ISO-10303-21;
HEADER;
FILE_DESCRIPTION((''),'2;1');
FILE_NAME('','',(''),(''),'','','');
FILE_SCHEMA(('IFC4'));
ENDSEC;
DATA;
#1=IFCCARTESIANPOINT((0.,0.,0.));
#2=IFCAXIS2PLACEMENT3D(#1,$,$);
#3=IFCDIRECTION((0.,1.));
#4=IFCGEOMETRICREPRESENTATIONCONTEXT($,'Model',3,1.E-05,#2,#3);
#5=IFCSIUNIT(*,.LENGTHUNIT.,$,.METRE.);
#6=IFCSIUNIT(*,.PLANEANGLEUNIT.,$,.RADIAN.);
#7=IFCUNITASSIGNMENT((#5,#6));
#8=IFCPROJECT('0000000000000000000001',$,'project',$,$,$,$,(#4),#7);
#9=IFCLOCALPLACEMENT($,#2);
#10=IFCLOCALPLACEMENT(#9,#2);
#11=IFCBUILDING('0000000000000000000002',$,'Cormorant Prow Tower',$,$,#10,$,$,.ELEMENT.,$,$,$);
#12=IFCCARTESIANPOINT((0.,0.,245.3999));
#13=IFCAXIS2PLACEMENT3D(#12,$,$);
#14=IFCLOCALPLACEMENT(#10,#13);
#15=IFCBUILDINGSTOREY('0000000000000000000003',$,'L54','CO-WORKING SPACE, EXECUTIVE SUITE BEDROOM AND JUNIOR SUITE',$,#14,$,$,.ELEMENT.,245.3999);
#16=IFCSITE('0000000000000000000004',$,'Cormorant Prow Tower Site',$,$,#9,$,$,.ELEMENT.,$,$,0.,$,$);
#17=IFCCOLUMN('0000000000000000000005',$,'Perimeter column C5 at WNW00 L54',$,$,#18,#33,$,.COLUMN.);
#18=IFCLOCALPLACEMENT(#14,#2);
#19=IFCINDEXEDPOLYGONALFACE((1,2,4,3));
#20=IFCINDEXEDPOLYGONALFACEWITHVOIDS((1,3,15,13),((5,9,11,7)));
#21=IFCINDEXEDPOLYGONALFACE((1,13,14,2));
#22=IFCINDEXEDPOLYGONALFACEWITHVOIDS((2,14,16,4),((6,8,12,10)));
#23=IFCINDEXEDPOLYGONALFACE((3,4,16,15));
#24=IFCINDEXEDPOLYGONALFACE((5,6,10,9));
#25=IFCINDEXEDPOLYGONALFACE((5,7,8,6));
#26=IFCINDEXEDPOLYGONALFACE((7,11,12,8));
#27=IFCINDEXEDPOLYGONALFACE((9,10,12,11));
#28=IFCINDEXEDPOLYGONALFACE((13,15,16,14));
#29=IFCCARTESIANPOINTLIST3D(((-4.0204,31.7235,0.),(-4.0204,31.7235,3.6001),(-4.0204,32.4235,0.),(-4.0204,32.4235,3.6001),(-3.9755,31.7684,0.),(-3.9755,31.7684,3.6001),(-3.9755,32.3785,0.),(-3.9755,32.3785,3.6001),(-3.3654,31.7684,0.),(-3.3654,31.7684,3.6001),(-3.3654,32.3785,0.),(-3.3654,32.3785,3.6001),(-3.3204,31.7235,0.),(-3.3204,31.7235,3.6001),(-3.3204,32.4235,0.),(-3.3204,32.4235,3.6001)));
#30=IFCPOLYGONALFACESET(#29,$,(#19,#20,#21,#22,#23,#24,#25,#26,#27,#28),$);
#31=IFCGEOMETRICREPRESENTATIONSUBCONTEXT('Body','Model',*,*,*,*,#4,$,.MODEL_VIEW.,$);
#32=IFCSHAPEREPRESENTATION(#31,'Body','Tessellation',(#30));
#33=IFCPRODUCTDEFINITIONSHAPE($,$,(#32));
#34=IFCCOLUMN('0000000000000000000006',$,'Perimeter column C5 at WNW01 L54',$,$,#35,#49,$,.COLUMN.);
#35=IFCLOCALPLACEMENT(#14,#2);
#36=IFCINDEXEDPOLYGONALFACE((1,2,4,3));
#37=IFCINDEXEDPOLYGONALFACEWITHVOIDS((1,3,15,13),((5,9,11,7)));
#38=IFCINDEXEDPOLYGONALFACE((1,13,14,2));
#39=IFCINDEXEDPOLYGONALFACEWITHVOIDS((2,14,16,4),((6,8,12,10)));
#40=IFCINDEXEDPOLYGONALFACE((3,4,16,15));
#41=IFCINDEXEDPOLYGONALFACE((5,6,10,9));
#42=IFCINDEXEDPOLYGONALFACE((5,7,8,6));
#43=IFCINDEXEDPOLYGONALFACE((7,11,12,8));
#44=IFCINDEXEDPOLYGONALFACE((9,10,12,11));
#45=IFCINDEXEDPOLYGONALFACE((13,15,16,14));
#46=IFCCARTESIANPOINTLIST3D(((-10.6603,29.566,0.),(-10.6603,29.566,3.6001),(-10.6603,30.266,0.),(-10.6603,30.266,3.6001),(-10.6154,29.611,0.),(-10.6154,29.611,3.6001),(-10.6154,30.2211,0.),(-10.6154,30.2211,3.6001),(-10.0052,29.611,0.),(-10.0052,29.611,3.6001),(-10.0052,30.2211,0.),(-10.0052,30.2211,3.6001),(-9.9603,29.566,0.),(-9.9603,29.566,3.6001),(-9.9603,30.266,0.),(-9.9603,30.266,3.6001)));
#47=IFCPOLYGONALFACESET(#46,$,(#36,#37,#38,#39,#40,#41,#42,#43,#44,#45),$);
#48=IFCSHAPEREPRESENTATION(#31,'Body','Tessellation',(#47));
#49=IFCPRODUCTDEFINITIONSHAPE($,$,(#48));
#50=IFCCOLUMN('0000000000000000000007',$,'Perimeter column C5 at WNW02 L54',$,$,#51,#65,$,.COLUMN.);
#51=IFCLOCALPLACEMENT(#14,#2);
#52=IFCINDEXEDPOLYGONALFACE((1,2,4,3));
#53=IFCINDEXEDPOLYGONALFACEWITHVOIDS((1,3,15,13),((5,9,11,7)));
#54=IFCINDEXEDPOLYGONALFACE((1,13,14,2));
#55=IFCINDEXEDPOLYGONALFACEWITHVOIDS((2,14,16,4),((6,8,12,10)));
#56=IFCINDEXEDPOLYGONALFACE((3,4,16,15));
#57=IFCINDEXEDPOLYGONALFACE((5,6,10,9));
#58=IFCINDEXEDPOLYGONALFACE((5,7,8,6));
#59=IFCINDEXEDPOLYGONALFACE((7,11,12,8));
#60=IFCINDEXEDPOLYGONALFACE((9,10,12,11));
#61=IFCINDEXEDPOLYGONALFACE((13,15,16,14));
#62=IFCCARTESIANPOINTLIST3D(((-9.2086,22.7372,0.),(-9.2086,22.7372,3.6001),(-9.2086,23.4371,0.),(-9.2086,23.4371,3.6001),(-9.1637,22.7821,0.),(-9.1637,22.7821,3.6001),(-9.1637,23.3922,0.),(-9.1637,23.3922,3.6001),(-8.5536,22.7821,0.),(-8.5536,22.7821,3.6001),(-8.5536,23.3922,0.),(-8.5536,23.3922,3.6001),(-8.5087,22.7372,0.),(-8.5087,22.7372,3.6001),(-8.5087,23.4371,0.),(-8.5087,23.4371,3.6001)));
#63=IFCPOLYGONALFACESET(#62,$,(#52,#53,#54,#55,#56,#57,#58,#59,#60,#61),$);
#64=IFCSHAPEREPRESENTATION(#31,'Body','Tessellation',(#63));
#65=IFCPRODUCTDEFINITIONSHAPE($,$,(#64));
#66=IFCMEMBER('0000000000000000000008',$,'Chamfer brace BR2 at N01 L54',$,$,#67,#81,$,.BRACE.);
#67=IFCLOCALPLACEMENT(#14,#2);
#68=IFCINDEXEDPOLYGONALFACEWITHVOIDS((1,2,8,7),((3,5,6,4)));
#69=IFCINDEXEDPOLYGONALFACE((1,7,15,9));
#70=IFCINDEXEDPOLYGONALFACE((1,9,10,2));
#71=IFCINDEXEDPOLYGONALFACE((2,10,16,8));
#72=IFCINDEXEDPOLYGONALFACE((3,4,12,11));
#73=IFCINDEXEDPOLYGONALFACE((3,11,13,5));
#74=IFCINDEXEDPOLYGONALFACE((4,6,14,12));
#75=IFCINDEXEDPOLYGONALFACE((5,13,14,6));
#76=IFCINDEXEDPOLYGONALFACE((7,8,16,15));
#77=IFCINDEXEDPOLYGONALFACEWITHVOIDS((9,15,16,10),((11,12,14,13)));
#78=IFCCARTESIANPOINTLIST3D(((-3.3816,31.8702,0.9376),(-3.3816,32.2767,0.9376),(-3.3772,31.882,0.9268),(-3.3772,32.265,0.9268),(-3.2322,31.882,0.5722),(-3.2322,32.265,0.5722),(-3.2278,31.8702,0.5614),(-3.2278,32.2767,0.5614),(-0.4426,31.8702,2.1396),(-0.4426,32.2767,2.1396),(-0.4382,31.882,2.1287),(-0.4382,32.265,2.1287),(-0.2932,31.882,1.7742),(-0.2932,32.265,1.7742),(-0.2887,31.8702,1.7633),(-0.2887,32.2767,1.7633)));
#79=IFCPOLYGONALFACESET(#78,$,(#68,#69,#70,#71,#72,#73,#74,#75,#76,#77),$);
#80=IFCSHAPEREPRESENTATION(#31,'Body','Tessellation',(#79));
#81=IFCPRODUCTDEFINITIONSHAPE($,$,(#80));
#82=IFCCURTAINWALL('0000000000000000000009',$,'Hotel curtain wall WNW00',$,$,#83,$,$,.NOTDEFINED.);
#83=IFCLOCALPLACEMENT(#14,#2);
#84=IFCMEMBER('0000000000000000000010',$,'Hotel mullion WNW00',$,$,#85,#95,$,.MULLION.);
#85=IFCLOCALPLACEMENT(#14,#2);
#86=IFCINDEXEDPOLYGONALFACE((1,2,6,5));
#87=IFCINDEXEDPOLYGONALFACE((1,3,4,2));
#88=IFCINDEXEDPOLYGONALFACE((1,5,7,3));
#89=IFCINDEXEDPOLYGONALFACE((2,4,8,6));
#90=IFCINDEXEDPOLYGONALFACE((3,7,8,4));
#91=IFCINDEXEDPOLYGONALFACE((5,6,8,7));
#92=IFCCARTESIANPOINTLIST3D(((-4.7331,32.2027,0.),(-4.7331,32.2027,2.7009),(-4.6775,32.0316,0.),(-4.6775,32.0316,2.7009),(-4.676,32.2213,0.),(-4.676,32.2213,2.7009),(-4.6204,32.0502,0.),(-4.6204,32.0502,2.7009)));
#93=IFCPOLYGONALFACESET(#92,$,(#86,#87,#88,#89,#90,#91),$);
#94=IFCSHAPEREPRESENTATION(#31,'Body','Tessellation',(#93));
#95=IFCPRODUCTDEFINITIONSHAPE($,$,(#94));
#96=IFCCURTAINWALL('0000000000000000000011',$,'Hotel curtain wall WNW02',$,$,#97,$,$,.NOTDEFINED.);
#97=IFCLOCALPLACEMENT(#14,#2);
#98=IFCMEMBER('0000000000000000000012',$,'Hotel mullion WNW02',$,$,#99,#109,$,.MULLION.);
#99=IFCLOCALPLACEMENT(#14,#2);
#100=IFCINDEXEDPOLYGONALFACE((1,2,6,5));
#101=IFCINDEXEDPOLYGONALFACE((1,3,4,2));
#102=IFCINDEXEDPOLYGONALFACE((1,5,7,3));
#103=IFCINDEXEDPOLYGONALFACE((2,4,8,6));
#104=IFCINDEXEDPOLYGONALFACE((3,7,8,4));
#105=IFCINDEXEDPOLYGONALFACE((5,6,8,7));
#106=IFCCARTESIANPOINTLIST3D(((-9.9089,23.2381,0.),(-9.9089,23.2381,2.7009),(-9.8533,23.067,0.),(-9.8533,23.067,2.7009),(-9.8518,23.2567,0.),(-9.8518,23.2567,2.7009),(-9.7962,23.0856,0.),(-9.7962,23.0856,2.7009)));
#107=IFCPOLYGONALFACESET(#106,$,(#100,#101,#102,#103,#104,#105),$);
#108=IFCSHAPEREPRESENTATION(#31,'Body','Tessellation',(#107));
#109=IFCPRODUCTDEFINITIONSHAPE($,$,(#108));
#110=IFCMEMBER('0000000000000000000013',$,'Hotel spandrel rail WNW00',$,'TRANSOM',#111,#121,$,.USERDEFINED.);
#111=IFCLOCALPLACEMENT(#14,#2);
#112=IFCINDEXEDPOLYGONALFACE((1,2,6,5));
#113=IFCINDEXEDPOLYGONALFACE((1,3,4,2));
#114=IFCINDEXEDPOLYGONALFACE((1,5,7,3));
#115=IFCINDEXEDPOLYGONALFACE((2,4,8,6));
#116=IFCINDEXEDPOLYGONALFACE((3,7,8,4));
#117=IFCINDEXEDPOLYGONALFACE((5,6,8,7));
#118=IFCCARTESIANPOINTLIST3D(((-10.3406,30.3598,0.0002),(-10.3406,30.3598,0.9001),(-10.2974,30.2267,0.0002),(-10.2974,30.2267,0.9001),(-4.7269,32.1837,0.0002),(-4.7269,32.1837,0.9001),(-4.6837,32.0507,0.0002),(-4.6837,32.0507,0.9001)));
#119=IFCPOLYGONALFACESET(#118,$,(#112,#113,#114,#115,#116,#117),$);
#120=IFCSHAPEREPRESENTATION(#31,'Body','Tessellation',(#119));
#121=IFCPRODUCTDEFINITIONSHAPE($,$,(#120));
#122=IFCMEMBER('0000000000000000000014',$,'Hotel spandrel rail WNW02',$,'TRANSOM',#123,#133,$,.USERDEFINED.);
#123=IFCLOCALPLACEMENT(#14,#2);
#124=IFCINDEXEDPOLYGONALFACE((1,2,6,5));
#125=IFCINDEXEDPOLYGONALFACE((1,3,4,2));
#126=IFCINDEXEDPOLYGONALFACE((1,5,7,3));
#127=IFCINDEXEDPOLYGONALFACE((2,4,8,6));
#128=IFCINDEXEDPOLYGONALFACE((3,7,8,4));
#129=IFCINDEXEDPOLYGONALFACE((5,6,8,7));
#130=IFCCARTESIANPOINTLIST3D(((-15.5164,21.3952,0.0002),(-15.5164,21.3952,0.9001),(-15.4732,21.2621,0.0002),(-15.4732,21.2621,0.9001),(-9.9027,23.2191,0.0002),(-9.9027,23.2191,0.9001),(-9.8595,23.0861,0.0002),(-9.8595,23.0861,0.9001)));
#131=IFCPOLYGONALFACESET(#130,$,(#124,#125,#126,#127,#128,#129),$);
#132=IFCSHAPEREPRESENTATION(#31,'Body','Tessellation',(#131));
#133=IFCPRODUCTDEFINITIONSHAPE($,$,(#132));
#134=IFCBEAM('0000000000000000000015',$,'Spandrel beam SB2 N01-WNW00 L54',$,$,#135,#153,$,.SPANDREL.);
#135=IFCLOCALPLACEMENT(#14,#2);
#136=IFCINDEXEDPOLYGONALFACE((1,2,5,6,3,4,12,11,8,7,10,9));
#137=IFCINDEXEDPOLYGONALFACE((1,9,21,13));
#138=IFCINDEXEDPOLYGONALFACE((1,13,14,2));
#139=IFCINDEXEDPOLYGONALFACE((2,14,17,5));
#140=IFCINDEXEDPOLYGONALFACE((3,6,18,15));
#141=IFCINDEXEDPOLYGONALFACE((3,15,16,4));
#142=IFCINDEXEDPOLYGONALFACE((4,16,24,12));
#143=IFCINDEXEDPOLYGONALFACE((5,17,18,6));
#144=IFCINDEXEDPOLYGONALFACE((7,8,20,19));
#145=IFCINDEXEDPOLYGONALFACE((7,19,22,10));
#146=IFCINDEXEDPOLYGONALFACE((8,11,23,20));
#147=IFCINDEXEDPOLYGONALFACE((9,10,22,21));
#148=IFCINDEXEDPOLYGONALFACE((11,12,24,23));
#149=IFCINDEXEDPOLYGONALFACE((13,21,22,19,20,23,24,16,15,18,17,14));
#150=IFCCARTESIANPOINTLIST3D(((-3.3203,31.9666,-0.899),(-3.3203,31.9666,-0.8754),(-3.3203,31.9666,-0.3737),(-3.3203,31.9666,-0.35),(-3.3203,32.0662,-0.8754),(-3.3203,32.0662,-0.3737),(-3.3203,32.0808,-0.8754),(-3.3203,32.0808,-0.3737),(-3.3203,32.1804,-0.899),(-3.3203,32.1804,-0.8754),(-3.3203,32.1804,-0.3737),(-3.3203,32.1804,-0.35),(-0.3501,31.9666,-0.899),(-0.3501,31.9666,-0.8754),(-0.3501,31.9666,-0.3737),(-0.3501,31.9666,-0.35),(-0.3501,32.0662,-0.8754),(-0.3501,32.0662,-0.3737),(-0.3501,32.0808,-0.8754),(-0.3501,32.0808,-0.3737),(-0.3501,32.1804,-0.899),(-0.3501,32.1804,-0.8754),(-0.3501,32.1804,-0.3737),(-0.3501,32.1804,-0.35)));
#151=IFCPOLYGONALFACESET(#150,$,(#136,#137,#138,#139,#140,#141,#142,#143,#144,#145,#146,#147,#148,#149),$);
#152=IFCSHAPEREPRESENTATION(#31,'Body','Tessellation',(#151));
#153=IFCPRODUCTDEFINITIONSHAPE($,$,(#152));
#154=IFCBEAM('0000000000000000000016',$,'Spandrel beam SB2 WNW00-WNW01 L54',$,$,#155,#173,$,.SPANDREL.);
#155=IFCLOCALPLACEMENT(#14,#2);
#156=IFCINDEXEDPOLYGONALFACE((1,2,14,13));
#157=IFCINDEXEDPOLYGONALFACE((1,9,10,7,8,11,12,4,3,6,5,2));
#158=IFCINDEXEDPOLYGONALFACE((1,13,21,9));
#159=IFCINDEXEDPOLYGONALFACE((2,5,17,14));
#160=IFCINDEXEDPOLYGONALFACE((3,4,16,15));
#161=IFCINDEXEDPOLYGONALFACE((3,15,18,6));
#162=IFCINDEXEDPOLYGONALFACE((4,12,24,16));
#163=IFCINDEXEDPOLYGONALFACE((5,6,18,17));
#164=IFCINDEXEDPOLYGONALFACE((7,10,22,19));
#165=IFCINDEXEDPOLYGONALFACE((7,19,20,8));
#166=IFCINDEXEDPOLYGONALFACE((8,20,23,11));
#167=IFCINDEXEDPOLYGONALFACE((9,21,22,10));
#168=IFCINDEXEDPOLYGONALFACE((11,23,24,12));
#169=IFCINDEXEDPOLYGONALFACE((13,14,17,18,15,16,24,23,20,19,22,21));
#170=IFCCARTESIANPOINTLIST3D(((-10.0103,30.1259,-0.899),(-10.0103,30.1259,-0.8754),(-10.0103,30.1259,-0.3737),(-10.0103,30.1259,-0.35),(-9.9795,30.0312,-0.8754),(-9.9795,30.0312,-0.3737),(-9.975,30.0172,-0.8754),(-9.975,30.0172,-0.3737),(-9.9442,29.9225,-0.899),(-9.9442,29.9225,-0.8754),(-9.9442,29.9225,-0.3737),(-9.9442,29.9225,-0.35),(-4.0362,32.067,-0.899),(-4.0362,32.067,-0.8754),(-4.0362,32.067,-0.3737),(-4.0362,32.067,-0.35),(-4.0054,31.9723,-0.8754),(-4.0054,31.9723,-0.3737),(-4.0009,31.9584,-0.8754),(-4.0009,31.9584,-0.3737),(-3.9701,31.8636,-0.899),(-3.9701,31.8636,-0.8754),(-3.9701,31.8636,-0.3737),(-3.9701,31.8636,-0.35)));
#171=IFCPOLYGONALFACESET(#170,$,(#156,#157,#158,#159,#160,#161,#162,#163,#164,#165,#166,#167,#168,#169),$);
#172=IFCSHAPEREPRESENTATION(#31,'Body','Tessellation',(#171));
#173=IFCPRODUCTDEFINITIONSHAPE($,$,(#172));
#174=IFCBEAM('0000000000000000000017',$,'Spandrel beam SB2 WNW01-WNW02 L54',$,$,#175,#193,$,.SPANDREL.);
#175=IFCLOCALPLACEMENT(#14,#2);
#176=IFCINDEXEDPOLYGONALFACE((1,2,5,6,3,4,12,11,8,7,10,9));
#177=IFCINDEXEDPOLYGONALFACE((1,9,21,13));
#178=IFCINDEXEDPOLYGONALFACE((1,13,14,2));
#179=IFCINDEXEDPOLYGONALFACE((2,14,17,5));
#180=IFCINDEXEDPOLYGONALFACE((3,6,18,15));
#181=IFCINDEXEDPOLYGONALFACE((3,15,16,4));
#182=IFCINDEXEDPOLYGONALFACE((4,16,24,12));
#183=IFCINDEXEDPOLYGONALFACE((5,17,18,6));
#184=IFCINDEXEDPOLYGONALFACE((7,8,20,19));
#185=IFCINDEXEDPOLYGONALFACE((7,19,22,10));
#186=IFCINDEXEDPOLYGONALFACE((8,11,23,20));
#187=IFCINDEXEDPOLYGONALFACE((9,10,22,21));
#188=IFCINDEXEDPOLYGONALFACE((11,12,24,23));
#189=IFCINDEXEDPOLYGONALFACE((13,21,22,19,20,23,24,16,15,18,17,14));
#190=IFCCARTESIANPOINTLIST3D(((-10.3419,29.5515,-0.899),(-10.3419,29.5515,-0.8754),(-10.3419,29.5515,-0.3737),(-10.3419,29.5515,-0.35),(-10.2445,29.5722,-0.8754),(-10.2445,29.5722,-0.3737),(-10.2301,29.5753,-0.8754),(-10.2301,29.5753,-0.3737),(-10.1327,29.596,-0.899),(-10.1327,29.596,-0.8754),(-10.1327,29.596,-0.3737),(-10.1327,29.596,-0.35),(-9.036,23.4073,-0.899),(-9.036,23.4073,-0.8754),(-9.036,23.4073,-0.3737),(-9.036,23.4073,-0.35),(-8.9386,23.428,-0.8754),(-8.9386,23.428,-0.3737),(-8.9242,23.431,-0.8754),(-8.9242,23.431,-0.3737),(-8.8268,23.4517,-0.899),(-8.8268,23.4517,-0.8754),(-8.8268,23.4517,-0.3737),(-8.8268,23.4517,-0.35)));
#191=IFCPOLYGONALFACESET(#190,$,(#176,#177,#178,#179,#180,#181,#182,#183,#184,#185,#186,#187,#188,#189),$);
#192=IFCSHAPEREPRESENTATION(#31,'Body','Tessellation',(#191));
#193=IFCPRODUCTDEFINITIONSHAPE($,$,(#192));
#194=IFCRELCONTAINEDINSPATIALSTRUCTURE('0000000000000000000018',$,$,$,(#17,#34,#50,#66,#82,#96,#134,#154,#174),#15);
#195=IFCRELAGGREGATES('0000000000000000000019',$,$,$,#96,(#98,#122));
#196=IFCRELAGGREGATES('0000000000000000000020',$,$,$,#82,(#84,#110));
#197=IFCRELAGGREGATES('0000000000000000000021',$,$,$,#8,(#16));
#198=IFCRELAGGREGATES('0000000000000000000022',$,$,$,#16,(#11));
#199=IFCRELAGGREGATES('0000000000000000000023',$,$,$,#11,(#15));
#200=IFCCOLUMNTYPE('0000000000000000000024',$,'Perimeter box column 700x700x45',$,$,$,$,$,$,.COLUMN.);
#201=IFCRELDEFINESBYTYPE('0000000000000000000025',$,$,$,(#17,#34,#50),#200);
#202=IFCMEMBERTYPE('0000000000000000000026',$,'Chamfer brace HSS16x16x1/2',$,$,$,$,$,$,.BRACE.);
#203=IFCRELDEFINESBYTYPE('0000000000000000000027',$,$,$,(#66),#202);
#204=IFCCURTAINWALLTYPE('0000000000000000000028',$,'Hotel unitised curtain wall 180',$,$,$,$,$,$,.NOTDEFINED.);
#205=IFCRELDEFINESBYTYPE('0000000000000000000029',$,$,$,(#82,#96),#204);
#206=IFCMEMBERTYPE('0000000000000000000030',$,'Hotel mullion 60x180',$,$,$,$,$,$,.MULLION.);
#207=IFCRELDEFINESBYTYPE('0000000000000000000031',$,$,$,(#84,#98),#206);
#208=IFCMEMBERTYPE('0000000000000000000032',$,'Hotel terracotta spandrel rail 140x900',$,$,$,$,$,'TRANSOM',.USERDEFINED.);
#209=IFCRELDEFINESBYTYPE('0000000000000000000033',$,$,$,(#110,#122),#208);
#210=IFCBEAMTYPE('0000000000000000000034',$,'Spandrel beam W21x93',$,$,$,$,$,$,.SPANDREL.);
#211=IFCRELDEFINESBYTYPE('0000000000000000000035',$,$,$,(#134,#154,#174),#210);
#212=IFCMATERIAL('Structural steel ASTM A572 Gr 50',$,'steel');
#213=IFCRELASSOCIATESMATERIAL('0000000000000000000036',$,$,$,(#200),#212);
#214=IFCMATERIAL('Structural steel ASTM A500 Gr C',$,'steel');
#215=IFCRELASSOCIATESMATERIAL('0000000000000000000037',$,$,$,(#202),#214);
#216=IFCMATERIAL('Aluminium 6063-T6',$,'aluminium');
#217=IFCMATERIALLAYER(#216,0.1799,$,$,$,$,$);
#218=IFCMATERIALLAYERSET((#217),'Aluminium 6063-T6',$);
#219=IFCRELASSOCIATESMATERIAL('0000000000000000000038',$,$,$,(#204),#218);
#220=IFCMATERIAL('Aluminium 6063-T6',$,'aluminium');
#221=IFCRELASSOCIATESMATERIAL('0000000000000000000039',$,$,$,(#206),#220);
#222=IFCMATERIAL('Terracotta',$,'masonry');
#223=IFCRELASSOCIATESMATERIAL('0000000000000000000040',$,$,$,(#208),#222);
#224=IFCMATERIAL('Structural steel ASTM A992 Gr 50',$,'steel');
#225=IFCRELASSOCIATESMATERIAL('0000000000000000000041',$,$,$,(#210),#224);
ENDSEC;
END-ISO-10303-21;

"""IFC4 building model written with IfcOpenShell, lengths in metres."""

from ifc_helpers import new_model, si_unit, direction, frame, origin, origin_2d, place, context, subcontext, project, spatial, rectangle, hollow_rectangle, i_section, extrude, material, layer, layer_set, material_profile, profile_set, type_object, element, aggregate, save


model = new_model("IFC4")

# Units and contexts
model_context = context("Model", 3, precision=1e-05, world=origin(), true_north=direction((0.0, 1.0)))
body_context = subcontext(model_context, "Body", "Model", "MODEL_VIEW")
ifc_project = project(units=[si_unit("LENGTHUNIT", "METRE"), si_unit("PLANEANGLEUNIT", "RADIAN")], contexts=[model_context])

# Site, building, storey
site_placement = place(None, origin())
site = spatial("IfcSite", under=ifc_project, at=site_placement, Name="Cormorant Prow Tower Site", CompositionType="ELEMENT", RefElevation=0.0)
building_placement = place(site_placement, origin())
building = spatial("IfcBuilding", under=site, at=building_placement, Name="Cormorant Prow Tower", CompositionType="ELEMENT")
storey_placement = place(building_placement, frame((0.0, 0.0, 245.3999)))
storey = spatial("IfcBuildingStorey", under=building, at=storey_placement, Name="L54", Description="CO-WORKING SPACE, EXECUTIVE SUITE BEDROOM AND JUNIOR SUITE", CompositionType="ELEMENT", Elevation=245.3999)

# Columns
ifc_material_1 = material(Name="Structural steel ASTM A572 Gr 50", Category="steel")
ifc_material_profile_1 = material_profile(ifc_material_1, hollow_rectangle(XDim=0.7, YDim=0.7, WallThickness=0.0449, at=origin_2d()), Name="Box 700x700x45")
ifc_profile_set_1 = profile_set([ifc_material_profile_1], Name="Structural steel ASTM A572 Gr 50")
column_type = type_object("IfcColumnType", Name="Perimeter box column 700x700x45", PredefinedType="COLUMN", material=ifc_profile_set_1)
for number, where, z_axis, x_axis, name in (
    (1, (-3.6704, 32.0735, 0.0), (0.0, 0.0, 1.0), (1.0, 0.0, 0.0), "Perimeter column C5 at WNW00 L54"),
    (2, (-10.3103, 29.916, 0.0), (0.0, 0.0, 1.0), (1.0, 0.0, 0.0), "Perimeter column C5 at WNW01 L54"),
    (3, (-8.8586, 23.0872, 0.0), (0.0, 0.0, 1.0), (1.0, 0.0, 0.0), "Perimeter column C5 at WNW02 L54"),
):
    element("IfcColumn", number, at=place(storey_placement, frame(where, z_axis=z_axis, x_axis=x_axis)), inside=storey, type_object=column_type, Name=name, PredefinedType="COLUMN", context=body_context, shape_type="SweptSolid", body=[
        extrude(hollow_rectangle(XDim=0.7, YDim=0.7, WallThickness=0.0449, at=origin_2d()), origin(), (0.0, 0.0, 1.0), 3.6001),
    ])

# Member
ifc_material_2 = material(Name="Structural steel ASTM A500 Gr C", Category="steel")
ifc_material_profile_2 = material_profile(ifc_material_2, hollow_rectangle(XDim=0.4065, YDim=0.4065, WallThickness=0.0117, at=origin_2d()), Name="HSS16x16x1/2")
ifc_profile_set_2 = profile_set([ifc_material_profile_2], Name="Structural steel ASTM A500 Gr C")
member_type_1 = type_object("IfcMemberType", Name="Chamfer brace HSS16x16x1/2", PredefinedType="BRACE", material=ifc_profile_set_2)
member_1_placement = place(storey_placement, frame((-3.3047, 32.0735, 0.7495), z_axis=(0.925591, 0.0, 0.378525), x_axis=(0.0, 1.0, 0.0)))
element("IfcMember", 4, at=member_1_placement, inside=storey, type_object=member_type_1, Name="Chamfer brace BR2 at N01 L54", PredefinedType="BRACE", context=body_context, shape_type="SweptSolid", body=[
    extrude(hollow_rectangle(XDim=0.4065, YDim=0.4065, WallThickness=0.0117, at=origin_2d()), origin(), (0.0, 0.0, 1.0), 3.1753),
])

# Curtain walls, members
ifc_material_3 = material(Name="Aluminium 6063-T6", Category="aluminium")
ifc_layer_1 = layer(ifc_material_3, 0.1799)
ifc_layer_set_1 = layer_set([ifc_layer_1], Name="Aluminium 6063-T6")
curtain_wall_type = type_object("IfcCurtainWallType", Name="Hotel unitised curtain wall 180", PredefinedType="NOTDEFINED", material=ifc_layer_set_1)
curtain_wall_1_placement = place(storey_placement, origin())
curtain_wall_1 = element("IfcCurtainWall", 5, at=curtain_wall_1_placement, inside=storey, type_object=curtain_wall_type, Name="Hotel curtain wall WNW00", PredefinedType="NOTDEFINED")
ifc_material_4 = material(Name="Aluminium 6063-T6", Category="aluminium")
ifc_material_profile_3 = material_profile(ifc_material_4, rectangle(XDim=0.1799, YDim=0.0601, at=origin_2d()), Name="Hotel mullion 60x180")
ifc_profile_set_3 = profile_set([ifc_material_profile_3], Name="Aluminium 6063-T6")
member_type_2 = type_object("IfcMemberType", Name="Hotel mullion 60x180", PredefinedType="MULLION", material=ifc_profile_set_3)
member_2_placement = place(storey_placement, frame((-4.6768, 32.1265, 0.0), z_axis=(0.0, 0.0, 1.0), x_axis=(0.309017, -0.951057, 0.0)))
member_2 = element("IfcMember", 6, at=member_2_placement, type_object=member_type_2, Name="Hotel mullion WNW00", PredefinedType="MULLION", context=body_context, shape_type="SweptSolid", body=[
    extrude(rectangle(XDim=0.1799, YDim=0.0601, at=origin_2d()), origin(), (0.0, 0.0, 1.0), 2.7009),
])
curtain_wall_2_placement = place(storey_placement, origin())
curtain_wall_2 = element("IfcCurtainWall", 7, at=curtain_wall_2_placement, inside=storey, type_object=curtain_wall_type, Name="Hotel curtain wall WNW02", PredefinedType="NOTDEFINED")
member_3_placement = place(storey_placement, frame((-9.8525, 23.1619, 0.0), z_axis=(0.0, 0.0, 1.0), x_axis=(0.309017, -0.951057, 0.0)))
member_3 = element("IfcMember", 8, at=member_3_placement, type_object=member_type_2, Name="Hotel mullion WNW02", PredefinedType="MULLION", context=body_context, shape_type="SweptSolid", body=[
    extrude(rectangle(XDim=0.1799, YDim=0.0601, at=origin_2d()), origin(), (0.0, 0.0, 1.0), 2.7009),
])

# Members
ifc_material_5 = material(Name="Terracotta", Category="masonry")
ifc_material_profile_4 = material_profile(ifc_material_5, rectangle(XDim=0.1399, YDim=0.8999, at=origin_2d()), Name="Hotel terracotta spandrel rail 140x900")
ifc_profile_set_4 = profile_set([ifc_material_profile_4], Name="Terracotta")
member_type_3 = type_object("IfcMemberType", Name="Hotel terracotta spandrel rail 140x900", ElementType="TRANSOM", PredefinedType="USERDEFINED", material=ifc_profile_set_4)
member_4_placement = place(storey_placement, frame((-4.7053, 32.1172, 0.4502), z_axis=(-0.951059, -0.309009, 0.0), x_axis=(0.309009, -0.951059, 0.0)))
member_4 = element("IfcMember", 9, at=member_4_placement, type_object=member_type_3, Name="Hotel spandrel rail WNW00", ObjectType="TRANSOM", PredefinedType="USERDEFINED", context=body_context, shape_type="SweptSolid", body=[
    extrude(rectangle(XDim=0.1399, YDim=0.8999, at=origin_2d()), origin(), (0.0, 0.0, 1.0), 5.9026),
])
member_5_placement = place(storey_placement, frame((-9.8811, 23.1526, 0.4502), z_axis=(-0.951059, -0.309009, 0.0), x_axis=(0.309009, -0.951059, 0.0)))
member_5 = element("IfcMember", 10, at=member_5_placement, type_object=member_type_3, Name="Hotel spandrel rail WNW02", ObjectType="TRANSOM", PredefinedType="USERDEFINED", context=body_context, shape_type="SweptSolid", body=[
    extrude(rectangle(XDim=0.1399, YDim=0.8999, at=origin_2d()), origin(), (0.0, 0.0, 1.0), 5.9026),
])
aggregate(curtain_wall_2, [member_3, member_5])

# Beams
ifc_material_6 = material(Name="Structural steel ASTM A992 Gr 50", Category="steel")
ifc_material_profile_5 = material_profile(ifc_material_6, i_section(OverallWidth=0.2139, OverallDepth=0.5491, WebThickness=0.0146, FlangeThickness=0.0237, at=origin_2d()), Name="W21x93")
ifc_profile_set_5 = profile_set([ifc_material_profile_5], Name="Structural steel ASTM A992 Gr 50")
beam_type = type_object("IfcBeamType", Name="Spandrel beam W21x93", PredefinedType="SPANDREL", material=ifc_profile_set_5)
beam_1_placement = place(storey_placement, frame((-0.3501, 32.0735, -0.6245), z_axis=(-1.0, 0.0, 0.0), x_axis=(0.0, -1.0, 0.0)))
element("IfcBeam", 11, at=beam_1_placement, inside=storey, type_object=beam_type, Name="Spandrel beam SB2 N01-WNW00 L54", PredefinedType="SPANDREL", context=body_context, shape_type="SweptSolid", body=[
    extrude(i_section(OverallWidth=0.2139, OverallDepth=0.5491, WebThickness=0.0146, FlangeThickness=0.0237, at=origin_2d()), origin(), (0.0, 0.0, 1.0), 2.9702),
])
for number, where, z_axis, x_axis, name in (
    (12, (-4.0032, 31.9653, -0.6245), (-0.951054, -0.309025, 0.0), (0.309025, -0.951054, 0.0), "Spandrel beam SB2 WNW00-WNW01 L54"),
    (13, (-10.2373, 29.5737, -0.6245), (0.207896, -0.978151, 0.0), (0.978151, 0.207896, 0.0), "Spandrel beam SB2 WNW01-WNW02 L54"),
):
    element("IfcBeam", number, at=place(storey_placement, frame(where, z_axis=z_axis, x_axis=x_axis)), inside=storey, type_object=beam_type, Name=name, PredefinedType="SPANDREL", context=body_context, shape_type="SweptSolid", body=[
        extrude(i_section(OverallWidth=0.2139, OverallDepth=0.5491, WebThickness=0.0146, FlangeThickness=0.0237, at=origin_2d()), origin(), (0.0, 0.0, 1.0), 6.2815),
    ])

aggregate(curtain_wall_1, [member_2, member_4])

save(model, "model.ifc")
